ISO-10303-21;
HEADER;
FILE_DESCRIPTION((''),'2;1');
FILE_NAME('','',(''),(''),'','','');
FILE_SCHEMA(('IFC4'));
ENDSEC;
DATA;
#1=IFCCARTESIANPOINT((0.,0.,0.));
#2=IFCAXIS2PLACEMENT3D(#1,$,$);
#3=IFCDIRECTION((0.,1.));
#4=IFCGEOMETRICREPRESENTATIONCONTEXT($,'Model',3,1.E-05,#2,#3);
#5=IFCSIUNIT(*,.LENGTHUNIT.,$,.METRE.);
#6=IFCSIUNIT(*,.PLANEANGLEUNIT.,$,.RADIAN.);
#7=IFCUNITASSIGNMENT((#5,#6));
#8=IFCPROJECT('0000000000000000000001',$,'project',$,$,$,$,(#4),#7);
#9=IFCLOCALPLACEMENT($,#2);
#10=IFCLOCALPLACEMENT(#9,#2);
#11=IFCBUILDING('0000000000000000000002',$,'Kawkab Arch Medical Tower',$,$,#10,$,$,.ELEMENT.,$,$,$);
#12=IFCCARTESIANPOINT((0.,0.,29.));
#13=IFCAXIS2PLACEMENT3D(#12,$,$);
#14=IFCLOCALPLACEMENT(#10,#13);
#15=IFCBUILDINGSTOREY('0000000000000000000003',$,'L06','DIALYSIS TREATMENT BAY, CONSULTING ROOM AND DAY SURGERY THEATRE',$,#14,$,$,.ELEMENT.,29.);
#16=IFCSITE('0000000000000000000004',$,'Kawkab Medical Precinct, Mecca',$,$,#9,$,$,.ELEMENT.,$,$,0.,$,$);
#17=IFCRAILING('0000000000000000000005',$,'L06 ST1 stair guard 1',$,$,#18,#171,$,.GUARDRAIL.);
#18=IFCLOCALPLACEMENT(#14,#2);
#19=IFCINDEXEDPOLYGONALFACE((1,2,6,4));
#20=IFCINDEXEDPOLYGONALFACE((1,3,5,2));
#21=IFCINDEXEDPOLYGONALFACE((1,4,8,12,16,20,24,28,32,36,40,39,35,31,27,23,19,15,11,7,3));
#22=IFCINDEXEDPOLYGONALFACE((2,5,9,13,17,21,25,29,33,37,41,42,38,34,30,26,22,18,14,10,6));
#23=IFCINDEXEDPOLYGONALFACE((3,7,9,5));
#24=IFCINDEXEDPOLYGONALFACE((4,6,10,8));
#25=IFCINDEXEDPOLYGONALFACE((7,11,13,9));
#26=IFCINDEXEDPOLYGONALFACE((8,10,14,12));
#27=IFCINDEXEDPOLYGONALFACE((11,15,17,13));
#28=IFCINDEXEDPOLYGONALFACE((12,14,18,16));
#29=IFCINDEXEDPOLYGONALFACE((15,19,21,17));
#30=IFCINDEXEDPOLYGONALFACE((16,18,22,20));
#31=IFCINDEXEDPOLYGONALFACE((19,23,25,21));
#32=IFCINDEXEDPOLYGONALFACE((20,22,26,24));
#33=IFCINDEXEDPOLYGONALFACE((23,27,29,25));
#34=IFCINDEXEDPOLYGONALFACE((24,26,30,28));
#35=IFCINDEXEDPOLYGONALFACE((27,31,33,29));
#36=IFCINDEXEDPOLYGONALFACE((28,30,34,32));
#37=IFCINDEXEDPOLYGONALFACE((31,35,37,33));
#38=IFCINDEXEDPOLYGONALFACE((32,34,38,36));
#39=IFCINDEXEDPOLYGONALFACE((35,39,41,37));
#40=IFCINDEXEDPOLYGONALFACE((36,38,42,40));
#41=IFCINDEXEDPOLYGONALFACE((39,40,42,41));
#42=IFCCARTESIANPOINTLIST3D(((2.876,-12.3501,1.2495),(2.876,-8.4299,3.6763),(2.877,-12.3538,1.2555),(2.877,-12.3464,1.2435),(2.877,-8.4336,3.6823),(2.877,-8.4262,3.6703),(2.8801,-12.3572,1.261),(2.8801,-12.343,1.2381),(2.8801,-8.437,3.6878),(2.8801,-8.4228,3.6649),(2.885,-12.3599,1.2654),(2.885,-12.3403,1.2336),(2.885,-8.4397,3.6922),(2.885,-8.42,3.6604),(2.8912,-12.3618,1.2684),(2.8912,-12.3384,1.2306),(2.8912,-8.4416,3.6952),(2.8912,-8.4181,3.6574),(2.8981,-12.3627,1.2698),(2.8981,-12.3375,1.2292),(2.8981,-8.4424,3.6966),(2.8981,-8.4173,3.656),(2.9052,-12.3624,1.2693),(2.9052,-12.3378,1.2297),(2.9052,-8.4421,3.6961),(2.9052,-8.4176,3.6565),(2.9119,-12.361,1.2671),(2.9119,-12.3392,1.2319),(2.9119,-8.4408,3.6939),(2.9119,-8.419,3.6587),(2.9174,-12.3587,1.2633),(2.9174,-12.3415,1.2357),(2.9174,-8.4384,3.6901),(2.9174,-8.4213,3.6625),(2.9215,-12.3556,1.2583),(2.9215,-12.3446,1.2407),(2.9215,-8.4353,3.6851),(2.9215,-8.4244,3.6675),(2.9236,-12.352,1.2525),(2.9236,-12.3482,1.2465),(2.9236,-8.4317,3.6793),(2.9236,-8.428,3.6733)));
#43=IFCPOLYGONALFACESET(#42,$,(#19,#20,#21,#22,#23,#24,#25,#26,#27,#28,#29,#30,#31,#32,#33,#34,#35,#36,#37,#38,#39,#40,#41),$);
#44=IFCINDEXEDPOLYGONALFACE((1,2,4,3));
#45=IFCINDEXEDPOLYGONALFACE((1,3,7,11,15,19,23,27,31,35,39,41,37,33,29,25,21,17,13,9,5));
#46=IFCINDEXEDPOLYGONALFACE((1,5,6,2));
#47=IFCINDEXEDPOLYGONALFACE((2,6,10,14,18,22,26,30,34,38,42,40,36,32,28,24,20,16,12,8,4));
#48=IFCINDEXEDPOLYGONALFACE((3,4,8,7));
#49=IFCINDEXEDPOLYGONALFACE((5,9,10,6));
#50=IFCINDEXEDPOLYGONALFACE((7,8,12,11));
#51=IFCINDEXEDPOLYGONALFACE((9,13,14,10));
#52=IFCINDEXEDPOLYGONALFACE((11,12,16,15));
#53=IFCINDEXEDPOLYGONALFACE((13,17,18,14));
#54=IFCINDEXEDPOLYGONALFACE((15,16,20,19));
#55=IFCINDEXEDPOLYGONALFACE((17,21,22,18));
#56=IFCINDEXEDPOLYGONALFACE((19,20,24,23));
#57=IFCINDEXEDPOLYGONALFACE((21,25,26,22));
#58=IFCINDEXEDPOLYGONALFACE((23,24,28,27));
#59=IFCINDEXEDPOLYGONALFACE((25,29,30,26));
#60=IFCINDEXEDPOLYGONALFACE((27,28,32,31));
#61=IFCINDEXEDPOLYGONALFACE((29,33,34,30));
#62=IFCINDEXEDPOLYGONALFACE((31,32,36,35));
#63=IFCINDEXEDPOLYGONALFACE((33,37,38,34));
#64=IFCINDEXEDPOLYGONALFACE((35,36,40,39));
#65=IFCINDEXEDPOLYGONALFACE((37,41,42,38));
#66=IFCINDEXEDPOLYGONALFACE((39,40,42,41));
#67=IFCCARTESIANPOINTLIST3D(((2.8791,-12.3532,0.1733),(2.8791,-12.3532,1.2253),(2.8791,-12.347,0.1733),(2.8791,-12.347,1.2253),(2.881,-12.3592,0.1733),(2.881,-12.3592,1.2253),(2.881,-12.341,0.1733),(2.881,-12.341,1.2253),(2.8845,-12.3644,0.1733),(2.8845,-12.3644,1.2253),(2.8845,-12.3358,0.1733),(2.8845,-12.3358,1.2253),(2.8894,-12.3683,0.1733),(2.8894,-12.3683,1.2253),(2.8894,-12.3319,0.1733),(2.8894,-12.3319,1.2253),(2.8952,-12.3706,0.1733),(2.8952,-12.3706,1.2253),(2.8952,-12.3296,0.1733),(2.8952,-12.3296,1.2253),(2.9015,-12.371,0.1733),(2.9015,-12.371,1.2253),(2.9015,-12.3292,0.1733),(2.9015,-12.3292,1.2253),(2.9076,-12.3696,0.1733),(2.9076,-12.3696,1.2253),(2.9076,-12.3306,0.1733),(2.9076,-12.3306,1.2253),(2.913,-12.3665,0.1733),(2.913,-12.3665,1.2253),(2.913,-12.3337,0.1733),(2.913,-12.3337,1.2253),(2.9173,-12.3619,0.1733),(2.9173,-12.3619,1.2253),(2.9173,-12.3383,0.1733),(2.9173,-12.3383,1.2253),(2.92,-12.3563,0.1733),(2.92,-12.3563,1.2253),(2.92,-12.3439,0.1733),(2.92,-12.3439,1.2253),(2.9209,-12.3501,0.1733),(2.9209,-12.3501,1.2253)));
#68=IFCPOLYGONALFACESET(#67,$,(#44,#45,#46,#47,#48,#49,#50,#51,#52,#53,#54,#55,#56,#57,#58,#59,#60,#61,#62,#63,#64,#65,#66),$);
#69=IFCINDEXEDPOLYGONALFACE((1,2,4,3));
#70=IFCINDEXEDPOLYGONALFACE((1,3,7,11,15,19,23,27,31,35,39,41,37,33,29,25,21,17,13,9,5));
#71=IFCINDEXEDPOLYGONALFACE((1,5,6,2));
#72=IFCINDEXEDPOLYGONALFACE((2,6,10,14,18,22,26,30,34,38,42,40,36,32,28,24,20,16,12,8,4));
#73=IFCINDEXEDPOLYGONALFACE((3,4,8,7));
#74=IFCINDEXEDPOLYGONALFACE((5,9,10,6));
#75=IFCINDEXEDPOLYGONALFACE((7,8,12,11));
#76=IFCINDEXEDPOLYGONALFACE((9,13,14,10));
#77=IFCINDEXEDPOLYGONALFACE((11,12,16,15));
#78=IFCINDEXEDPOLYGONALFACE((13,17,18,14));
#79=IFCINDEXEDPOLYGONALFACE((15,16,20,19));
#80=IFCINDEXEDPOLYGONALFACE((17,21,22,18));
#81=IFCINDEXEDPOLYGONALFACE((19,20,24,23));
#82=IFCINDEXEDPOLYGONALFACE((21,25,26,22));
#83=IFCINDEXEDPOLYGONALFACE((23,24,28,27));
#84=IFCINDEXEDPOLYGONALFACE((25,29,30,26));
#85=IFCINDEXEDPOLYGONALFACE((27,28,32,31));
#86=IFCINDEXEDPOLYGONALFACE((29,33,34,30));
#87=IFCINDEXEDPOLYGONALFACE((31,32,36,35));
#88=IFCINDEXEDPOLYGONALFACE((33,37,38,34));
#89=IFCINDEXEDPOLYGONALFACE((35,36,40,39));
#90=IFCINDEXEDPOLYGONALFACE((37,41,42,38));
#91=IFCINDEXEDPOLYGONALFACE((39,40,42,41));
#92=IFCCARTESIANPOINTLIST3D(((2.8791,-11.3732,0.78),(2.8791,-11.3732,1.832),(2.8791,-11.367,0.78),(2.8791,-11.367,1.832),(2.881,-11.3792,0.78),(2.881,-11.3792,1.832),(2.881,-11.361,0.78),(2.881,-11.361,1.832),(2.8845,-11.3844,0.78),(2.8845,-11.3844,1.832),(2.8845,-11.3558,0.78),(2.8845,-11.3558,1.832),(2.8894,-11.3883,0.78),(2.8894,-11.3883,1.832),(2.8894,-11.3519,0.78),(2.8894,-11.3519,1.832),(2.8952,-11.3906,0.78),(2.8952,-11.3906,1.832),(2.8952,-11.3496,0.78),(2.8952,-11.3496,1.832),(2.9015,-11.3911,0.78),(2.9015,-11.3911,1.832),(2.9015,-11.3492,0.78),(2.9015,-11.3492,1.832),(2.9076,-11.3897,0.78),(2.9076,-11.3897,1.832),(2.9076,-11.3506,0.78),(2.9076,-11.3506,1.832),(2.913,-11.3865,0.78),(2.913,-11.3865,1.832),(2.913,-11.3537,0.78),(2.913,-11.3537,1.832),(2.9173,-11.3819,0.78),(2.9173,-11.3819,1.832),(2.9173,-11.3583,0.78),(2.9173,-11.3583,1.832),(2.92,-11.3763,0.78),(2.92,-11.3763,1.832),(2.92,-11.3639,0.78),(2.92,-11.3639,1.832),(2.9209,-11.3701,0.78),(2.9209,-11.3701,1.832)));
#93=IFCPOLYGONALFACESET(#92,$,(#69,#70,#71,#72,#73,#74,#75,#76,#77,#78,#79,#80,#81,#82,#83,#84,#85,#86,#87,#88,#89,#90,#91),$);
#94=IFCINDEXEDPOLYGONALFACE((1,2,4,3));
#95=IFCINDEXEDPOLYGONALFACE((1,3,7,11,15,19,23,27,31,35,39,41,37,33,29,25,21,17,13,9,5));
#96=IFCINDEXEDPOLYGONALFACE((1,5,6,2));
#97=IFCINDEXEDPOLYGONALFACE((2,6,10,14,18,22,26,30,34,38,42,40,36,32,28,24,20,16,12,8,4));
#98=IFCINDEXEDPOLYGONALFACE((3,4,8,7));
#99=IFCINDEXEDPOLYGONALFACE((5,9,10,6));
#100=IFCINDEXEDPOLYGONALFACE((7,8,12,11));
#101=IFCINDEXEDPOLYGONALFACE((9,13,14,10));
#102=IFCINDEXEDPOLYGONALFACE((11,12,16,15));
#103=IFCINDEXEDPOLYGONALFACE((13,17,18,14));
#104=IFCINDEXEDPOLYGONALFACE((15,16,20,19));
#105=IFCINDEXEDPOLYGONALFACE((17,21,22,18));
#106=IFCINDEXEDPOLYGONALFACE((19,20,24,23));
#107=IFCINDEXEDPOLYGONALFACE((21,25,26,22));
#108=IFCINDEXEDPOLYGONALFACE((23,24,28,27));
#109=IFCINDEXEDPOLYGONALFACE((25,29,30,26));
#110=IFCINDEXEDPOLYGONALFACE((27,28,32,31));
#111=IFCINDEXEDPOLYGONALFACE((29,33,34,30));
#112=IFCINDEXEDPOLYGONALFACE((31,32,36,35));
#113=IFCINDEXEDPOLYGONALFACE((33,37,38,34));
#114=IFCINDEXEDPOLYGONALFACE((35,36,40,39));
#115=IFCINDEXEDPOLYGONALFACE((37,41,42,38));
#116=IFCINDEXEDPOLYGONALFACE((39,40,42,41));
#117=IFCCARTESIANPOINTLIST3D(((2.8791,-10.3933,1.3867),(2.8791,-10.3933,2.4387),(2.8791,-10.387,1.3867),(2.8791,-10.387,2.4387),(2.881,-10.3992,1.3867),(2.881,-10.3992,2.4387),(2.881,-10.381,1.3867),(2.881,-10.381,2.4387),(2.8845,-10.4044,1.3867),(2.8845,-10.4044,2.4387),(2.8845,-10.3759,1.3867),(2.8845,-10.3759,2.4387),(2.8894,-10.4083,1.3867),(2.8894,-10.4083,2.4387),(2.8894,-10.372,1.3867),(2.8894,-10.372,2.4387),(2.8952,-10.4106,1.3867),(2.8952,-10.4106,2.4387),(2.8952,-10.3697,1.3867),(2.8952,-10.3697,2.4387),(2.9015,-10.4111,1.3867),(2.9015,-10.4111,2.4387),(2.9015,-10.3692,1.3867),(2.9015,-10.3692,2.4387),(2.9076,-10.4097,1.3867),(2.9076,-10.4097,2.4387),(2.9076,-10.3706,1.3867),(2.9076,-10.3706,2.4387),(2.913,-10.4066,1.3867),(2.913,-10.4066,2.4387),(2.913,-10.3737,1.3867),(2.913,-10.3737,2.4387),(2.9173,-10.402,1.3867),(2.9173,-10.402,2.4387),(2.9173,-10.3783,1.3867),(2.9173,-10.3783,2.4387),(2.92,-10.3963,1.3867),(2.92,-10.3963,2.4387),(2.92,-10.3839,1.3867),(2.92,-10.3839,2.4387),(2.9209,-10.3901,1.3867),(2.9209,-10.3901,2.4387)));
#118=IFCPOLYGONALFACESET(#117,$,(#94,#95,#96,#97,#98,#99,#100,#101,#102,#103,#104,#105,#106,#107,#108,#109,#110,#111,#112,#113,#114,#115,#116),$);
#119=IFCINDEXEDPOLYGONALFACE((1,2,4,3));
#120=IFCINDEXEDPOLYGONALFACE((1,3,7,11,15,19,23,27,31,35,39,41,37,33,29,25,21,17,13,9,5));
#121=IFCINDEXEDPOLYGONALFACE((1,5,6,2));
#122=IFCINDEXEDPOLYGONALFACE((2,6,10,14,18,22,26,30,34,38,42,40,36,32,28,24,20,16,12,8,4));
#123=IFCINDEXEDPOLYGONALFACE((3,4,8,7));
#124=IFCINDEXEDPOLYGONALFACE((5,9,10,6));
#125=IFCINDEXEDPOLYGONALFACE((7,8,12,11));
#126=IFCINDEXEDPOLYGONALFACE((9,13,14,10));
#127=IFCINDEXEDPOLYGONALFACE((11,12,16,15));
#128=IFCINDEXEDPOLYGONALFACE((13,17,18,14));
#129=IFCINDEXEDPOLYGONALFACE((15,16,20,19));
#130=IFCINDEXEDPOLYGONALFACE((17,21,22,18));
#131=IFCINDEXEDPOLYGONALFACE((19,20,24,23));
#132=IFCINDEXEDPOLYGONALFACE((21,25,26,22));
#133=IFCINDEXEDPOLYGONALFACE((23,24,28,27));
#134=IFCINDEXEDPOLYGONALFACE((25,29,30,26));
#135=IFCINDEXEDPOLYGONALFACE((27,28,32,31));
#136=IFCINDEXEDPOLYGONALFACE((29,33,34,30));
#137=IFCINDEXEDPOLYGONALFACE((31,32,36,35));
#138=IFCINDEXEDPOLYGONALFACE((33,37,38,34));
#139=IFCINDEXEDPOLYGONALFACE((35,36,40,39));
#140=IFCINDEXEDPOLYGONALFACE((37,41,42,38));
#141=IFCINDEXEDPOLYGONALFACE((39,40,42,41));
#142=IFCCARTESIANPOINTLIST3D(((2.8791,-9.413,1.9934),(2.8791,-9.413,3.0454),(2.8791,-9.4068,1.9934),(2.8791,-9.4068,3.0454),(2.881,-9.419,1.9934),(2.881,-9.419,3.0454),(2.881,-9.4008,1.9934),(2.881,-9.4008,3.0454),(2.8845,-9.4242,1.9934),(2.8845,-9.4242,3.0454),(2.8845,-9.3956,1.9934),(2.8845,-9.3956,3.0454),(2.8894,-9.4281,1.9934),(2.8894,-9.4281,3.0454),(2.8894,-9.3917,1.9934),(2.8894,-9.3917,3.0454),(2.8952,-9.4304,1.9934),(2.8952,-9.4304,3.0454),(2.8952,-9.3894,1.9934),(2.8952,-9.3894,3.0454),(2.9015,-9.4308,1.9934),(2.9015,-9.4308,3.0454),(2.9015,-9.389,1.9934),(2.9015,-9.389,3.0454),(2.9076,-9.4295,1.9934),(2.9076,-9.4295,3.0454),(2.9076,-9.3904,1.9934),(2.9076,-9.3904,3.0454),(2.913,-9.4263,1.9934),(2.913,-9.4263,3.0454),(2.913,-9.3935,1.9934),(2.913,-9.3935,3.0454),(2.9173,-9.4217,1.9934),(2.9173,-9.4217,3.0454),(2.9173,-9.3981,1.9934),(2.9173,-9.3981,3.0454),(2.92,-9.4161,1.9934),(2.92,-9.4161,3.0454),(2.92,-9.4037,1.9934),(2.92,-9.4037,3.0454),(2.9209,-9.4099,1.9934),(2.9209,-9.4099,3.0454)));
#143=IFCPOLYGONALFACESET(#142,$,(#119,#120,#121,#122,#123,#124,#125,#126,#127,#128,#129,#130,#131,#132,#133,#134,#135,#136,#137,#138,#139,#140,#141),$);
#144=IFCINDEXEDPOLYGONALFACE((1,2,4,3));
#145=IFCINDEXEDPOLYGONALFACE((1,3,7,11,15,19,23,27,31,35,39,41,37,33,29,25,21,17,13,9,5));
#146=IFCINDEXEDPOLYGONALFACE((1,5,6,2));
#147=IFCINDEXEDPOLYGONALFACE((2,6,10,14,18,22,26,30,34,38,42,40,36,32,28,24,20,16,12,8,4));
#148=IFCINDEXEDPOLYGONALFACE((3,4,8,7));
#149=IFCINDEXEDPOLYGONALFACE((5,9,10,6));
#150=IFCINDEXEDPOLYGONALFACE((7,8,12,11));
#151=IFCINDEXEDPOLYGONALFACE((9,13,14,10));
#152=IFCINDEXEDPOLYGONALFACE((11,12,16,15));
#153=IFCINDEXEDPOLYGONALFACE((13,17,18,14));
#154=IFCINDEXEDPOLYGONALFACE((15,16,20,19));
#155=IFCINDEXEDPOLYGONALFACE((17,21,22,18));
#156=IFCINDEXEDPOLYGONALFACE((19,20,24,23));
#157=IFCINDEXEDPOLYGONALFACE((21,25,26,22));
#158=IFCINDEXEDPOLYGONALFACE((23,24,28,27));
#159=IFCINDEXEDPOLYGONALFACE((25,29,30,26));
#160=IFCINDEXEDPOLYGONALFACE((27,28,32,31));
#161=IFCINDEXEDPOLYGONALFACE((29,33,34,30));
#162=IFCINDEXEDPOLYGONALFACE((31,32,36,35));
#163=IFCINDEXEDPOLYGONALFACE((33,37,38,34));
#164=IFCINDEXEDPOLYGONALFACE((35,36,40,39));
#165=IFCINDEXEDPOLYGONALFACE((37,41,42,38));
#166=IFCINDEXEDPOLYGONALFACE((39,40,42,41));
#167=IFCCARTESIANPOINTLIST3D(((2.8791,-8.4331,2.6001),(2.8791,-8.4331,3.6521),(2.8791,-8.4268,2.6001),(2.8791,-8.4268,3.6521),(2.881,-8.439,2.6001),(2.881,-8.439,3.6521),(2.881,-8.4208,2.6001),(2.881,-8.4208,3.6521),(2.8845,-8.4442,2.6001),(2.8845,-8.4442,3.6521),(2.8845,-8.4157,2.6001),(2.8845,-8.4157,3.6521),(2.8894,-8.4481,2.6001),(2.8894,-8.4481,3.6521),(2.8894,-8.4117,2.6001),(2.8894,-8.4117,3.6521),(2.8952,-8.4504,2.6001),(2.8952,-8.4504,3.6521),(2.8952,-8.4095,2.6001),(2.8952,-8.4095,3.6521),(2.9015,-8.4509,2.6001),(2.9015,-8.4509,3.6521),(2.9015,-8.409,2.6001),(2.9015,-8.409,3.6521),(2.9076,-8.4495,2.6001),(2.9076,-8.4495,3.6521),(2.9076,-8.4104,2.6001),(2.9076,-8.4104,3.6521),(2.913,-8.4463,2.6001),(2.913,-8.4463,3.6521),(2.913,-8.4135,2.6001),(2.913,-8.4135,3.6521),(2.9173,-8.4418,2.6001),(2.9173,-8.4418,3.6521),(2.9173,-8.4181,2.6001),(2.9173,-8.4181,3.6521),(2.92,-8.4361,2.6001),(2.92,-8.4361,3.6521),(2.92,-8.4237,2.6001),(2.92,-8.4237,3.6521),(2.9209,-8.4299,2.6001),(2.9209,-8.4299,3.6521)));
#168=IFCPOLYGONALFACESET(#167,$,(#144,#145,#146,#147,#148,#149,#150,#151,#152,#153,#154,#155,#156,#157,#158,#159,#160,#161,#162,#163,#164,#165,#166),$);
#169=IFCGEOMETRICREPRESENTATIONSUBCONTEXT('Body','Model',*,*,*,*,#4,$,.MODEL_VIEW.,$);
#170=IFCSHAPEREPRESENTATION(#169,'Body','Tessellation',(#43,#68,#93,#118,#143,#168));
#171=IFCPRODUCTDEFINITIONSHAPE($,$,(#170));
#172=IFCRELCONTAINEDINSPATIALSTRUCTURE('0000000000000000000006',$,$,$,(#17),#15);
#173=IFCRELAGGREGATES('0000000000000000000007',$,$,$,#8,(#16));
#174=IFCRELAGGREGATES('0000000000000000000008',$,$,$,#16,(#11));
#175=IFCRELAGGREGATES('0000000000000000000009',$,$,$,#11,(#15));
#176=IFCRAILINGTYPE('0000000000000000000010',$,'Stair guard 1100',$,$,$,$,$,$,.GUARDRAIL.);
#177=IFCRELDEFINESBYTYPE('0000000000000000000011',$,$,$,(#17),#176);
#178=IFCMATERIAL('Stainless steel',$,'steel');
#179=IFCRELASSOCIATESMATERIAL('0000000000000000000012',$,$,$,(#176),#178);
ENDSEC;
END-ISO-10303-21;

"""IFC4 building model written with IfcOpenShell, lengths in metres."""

from ifc_helpers import new_model, si_unit, direction, frame, origin, origin_2d, place, context, subcontext, project, spatial, circle, extrude, material, type_object, element, save


model = new_model("IFC4")

# Units and contexts
model_context = context("Model", 3, precision=1e-05, world=origin(), true_north=direction((0.0, 1.0)))
body_context = subcontext(model_context, "Body", "Model", "MODEL_VIEW")
ifc_project = project(units=[si_unit("LENGTHUNIT", "METRE"), si_unit("PLANEANGLEUNIT", "RADIAN")], contexts=[model_context])

# Site, building, storey
site_placement = place(None, origin())
site = spatial("IfcSite", under=ifc_project, at=site_placement, Name="Kawkab Medical Precinct, Mecca", CompositionType="ELEMENT", RefElevation=0.0)
building_placement = place(site_placement, origin())
building = spatial("IfcBuilding", under=site, at=building_placement, Name="Kawkab Arch Medical Tower", CompositionType="ELEMENT")
storey_placement = place(building_placement, frame((0.0, 0.0, 29.0)))
storey = spatial("IfcBuildingStorey", under=building, at=storey_placement, Name="L06", Description="DIALYSIS TREATMENT BAY, CONSULTING ROOM AND DAY SURGERY THEATRE", CompositionType="ELEMENT", Elevation=29.0)

# Railing
ifc_material_1 = material(Name="Stainless steel", Category="steel")
railing_type = type_object("IfcRailingType", Name="Stair guard 1100", PredefinedType="GUARDRAIL", material=ifc_material_1)
railing_placement = place(storey_placement, frame((2.8999, -12.3501, 0.1733)))
element("IfcRailing", 1, at=railing_placement, inside=storey, type_object=railing_type, Name="L06 ST1 stair guard 1", PredefinedType="GUARDRAIL", context=body_context, shape_type="SweptSolid", body=[
    extrude(circle(Radius=0.0239, at=origin_2d()), frame((0.0, 0.0, 1.0762), z_axis=(0.0, 0.850266, 0.526353), x_axis=(-1.0, 0.0, 0.0)), (0.0, 0.0, 1.0), 4.6106),
    extrude(circle(Radius=0.021, at=origin_2d()), origin(), (0.0, 0.0, 1.0), 1.052),
    extrude(circle(Radius=0.021, at=origin_2d()), frame((0.0, 0.98, 0.6067)), (0.0, 0.0, 1.0), 1.052),
    extrude(circle(Radius=0.021, at=origin_2d()), frame((0.0, 1.96, 1.2134)), (0.0, 0.0, 1.0), 1.052),
    extrude(circle(Radius=0.021, at=origin_2d()), frame((0.0, 2.9402, 1.8201)), (0.0, 0.0, 1.0), 1.052),
    extrude(circle(Radius=0.021, at=origin_2d()), frame((0.0, 3.9202, 2.4268)), (0.0, 0.0, 1.0), 1.052),
])

save(model, "model.ifc")
